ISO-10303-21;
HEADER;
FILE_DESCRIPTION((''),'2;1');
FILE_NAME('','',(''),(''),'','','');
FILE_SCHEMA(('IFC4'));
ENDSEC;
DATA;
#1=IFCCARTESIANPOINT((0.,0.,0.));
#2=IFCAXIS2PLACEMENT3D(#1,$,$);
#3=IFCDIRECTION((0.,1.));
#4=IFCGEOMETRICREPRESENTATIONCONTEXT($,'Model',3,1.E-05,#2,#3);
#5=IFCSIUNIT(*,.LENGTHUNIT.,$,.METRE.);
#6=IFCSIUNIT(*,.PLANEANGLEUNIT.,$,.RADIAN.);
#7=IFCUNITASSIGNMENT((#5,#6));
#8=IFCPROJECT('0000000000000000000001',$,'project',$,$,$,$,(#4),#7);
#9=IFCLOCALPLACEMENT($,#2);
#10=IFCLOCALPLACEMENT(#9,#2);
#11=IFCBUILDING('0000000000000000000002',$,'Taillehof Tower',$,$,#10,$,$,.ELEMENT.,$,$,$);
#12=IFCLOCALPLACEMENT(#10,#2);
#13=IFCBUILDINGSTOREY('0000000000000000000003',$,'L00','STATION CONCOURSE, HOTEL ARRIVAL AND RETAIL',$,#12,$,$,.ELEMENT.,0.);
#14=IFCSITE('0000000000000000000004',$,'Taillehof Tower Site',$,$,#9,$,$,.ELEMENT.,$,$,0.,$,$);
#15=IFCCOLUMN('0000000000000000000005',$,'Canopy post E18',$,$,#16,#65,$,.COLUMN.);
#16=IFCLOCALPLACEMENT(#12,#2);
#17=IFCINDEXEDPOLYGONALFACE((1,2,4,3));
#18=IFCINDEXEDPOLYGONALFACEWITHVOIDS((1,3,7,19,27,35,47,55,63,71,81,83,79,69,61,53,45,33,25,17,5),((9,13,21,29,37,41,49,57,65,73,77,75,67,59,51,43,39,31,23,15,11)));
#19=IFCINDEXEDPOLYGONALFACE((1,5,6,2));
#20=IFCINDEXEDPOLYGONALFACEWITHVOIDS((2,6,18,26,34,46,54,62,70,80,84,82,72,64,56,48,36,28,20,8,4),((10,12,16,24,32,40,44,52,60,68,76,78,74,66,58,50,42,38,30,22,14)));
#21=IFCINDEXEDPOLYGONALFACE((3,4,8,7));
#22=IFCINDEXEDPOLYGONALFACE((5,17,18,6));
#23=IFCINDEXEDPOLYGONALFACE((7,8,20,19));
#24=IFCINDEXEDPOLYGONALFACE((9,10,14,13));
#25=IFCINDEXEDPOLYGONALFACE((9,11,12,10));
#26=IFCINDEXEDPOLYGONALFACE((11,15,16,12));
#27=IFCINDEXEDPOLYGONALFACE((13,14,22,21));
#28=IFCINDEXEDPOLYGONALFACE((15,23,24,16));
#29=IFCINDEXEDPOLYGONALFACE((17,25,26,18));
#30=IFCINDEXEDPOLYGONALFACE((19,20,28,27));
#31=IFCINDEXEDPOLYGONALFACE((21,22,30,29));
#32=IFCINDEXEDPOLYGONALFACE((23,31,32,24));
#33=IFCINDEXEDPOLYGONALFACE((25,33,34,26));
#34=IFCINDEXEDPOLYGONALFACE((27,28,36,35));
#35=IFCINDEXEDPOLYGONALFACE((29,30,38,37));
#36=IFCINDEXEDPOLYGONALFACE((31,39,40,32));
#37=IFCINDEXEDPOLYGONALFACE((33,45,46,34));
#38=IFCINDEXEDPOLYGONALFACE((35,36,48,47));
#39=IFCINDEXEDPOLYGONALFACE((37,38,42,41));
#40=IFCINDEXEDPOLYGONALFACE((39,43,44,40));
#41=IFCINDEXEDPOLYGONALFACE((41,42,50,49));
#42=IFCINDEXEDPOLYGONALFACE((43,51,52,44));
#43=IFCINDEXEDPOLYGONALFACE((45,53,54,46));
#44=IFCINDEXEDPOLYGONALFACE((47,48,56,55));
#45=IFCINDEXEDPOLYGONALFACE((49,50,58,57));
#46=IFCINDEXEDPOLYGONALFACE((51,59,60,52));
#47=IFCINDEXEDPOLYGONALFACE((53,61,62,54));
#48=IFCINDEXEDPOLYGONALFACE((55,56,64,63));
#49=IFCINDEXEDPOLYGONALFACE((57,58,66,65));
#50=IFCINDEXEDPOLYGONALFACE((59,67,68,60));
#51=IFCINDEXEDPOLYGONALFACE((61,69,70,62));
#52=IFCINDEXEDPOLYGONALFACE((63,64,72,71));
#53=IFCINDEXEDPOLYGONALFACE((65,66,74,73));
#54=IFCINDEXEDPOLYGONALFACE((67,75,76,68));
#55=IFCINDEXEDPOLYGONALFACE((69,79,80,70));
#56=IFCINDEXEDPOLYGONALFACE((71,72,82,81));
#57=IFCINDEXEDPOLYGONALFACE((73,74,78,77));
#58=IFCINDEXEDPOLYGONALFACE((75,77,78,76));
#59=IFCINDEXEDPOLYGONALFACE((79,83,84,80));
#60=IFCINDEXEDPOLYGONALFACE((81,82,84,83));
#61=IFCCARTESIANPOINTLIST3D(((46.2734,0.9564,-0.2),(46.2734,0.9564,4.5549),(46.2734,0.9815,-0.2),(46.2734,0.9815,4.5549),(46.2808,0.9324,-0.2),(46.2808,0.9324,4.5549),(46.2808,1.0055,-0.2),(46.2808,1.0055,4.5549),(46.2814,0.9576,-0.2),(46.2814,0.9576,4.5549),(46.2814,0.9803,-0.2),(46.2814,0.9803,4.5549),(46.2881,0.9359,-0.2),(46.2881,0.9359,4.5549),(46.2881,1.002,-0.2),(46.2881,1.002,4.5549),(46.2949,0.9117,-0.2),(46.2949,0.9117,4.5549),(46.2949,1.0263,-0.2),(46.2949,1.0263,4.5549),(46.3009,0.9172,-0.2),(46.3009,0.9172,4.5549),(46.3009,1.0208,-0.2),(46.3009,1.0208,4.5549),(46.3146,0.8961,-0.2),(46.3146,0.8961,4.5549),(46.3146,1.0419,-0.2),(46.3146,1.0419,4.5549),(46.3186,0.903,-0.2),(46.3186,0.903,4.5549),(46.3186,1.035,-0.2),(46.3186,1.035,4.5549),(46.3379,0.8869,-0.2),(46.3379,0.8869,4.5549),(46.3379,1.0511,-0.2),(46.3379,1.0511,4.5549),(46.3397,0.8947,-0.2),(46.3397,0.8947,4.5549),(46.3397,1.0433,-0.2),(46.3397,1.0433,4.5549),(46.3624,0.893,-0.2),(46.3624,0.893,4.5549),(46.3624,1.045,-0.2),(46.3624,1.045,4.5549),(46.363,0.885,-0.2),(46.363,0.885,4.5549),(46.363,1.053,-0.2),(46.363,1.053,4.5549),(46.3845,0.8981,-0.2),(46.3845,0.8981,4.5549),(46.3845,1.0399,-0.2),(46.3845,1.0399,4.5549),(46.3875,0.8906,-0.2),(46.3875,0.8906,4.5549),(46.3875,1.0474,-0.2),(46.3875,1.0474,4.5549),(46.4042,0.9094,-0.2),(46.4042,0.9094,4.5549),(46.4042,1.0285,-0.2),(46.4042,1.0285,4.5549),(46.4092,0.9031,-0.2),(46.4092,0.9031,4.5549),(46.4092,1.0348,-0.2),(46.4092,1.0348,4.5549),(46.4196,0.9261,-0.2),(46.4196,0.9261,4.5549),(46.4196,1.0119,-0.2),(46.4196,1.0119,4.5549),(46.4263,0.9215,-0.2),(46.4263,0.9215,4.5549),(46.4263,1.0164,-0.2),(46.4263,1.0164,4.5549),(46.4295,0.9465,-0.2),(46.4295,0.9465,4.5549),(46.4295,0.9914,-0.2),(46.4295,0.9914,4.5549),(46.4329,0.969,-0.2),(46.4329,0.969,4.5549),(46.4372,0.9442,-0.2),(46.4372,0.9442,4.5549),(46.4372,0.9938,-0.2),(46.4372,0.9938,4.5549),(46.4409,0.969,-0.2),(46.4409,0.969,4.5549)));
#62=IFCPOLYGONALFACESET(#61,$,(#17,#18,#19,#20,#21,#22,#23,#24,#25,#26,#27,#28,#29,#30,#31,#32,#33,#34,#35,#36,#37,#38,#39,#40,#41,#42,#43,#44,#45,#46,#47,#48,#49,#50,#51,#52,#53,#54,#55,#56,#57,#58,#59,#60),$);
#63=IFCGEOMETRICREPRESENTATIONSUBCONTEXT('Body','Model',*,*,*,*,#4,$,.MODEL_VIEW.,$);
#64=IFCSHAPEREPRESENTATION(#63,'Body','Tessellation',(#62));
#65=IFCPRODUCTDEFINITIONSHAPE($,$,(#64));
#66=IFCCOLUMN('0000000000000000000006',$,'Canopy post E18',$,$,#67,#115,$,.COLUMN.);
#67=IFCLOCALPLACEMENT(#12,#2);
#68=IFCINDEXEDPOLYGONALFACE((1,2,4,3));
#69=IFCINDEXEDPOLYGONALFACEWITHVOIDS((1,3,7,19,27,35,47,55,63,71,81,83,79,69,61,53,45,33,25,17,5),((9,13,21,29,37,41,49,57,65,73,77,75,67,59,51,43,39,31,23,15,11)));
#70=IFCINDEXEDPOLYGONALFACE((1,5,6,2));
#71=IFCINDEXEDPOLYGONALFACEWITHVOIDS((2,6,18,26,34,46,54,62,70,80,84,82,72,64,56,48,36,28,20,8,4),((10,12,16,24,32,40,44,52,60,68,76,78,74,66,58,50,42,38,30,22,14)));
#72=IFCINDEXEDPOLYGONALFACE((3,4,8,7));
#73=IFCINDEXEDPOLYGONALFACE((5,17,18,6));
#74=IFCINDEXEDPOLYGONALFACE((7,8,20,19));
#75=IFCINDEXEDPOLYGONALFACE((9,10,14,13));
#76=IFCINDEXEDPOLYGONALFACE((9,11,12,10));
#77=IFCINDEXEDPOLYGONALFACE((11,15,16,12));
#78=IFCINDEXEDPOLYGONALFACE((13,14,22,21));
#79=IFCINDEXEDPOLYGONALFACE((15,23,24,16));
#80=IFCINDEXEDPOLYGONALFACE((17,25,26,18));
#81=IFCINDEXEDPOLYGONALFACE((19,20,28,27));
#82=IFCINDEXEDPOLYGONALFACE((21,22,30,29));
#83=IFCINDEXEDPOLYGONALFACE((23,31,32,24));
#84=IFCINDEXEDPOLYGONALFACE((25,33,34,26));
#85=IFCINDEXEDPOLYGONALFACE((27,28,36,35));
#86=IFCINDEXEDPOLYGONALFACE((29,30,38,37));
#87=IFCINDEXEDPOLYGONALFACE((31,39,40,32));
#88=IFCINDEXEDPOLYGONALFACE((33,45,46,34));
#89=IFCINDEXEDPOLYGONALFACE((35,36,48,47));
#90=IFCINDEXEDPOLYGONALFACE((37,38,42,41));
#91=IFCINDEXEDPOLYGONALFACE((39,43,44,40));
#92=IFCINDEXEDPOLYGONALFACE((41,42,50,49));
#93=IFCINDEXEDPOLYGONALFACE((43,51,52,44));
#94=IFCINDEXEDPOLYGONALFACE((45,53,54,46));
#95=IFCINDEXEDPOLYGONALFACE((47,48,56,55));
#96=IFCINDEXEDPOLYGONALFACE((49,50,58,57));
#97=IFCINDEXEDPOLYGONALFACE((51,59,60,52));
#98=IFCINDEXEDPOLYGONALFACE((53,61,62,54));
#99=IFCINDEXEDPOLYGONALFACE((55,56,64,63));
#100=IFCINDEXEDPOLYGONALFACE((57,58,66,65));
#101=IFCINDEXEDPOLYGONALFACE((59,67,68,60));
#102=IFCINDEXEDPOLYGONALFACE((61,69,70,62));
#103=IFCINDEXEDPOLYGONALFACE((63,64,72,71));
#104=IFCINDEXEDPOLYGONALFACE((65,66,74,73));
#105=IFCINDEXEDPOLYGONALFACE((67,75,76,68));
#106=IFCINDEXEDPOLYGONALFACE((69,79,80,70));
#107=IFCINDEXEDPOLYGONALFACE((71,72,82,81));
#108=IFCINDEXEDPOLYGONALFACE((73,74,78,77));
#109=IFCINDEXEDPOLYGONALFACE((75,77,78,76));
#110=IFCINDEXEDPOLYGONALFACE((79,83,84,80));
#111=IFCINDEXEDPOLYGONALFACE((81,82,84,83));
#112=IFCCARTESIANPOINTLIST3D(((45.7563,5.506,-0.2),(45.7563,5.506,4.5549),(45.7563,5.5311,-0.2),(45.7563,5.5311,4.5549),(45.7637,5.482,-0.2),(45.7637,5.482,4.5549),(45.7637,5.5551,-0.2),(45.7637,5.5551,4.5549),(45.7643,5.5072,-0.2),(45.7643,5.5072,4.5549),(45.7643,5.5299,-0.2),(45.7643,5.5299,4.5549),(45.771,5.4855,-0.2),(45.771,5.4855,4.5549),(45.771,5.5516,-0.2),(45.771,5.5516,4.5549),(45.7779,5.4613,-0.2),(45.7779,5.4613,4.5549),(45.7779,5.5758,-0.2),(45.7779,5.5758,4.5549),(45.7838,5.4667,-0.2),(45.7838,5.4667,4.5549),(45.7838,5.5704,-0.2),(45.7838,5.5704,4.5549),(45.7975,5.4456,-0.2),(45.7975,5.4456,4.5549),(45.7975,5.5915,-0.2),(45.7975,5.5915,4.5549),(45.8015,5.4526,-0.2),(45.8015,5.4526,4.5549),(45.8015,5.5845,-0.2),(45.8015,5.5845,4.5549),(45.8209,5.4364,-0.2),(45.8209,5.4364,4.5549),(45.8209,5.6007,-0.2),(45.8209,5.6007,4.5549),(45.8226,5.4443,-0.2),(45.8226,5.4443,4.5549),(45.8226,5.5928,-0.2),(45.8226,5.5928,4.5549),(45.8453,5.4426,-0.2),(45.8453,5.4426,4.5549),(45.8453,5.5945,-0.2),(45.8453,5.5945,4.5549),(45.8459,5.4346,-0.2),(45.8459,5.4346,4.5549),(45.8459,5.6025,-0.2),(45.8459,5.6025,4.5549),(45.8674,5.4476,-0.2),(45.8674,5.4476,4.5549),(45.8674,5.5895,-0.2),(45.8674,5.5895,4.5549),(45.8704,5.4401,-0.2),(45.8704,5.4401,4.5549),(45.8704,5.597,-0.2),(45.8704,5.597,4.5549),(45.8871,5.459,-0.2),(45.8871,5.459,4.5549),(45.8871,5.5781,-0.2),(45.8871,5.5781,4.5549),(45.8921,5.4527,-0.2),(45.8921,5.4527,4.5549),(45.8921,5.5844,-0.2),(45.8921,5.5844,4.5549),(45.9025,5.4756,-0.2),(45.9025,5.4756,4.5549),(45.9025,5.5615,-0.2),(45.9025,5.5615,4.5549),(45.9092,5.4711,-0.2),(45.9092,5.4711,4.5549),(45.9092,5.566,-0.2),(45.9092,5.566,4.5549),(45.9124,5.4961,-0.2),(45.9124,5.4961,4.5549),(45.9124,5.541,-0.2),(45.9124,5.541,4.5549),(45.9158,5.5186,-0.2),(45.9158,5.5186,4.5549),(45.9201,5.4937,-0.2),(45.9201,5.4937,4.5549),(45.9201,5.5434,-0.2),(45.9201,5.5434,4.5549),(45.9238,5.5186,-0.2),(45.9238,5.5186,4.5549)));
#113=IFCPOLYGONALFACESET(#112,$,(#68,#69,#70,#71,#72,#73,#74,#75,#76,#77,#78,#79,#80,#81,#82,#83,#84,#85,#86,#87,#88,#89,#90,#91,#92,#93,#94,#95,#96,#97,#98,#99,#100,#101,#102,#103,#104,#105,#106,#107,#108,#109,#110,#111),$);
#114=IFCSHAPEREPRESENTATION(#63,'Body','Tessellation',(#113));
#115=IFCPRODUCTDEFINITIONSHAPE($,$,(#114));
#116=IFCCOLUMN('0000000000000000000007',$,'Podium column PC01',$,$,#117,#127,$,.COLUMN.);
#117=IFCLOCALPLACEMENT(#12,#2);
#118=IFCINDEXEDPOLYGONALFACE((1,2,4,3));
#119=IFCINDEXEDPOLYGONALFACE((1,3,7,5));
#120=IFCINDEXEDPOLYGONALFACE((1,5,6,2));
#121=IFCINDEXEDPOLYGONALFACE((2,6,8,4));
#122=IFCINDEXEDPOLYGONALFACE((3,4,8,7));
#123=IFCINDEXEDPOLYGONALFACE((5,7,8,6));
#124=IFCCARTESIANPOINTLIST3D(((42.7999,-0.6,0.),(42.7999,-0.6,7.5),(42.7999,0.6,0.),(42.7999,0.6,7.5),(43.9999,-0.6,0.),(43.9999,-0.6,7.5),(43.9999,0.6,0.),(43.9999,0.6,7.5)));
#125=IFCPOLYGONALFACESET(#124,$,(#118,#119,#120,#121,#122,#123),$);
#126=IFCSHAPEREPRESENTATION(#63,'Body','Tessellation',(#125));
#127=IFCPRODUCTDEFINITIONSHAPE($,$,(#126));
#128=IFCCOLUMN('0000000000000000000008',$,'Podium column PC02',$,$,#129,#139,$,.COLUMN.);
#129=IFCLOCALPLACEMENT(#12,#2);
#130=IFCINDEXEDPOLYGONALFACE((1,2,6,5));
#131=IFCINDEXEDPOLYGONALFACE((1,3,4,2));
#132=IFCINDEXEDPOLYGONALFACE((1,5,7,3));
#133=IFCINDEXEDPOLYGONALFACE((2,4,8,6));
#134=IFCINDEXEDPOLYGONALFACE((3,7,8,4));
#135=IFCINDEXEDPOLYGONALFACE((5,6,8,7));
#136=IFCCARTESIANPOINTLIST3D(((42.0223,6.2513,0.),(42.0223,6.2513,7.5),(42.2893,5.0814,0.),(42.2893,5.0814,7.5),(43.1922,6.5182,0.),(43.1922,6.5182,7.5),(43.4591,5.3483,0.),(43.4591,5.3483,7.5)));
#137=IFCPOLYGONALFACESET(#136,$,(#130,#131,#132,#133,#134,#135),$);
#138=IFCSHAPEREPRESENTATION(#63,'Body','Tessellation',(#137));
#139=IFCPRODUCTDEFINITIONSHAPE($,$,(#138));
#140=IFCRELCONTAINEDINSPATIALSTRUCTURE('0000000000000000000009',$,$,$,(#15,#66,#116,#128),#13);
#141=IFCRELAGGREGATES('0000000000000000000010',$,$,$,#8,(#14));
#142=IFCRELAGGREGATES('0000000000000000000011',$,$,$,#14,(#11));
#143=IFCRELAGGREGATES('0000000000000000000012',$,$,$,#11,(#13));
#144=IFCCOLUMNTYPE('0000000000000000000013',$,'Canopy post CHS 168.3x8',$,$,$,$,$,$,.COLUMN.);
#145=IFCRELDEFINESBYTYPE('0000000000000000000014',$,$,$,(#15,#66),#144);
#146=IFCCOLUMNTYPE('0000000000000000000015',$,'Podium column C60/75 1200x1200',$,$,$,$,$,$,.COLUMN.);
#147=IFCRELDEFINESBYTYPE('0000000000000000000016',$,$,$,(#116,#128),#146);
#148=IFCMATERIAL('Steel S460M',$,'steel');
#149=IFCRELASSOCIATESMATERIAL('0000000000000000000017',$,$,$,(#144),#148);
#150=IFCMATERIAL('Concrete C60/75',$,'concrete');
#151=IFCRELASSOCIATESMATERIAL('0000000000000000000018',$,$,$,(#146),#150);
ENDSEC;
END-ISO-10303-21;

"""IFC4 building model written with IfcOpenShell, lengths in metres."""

from ifc_helpers import new_model, si_unit, direction, frame, origin, origin_2d, place, context, subcontext, project, spatial, rectangle, hollow_circle, extrude, material, material_profile, profile_set, type_object, element, save


model = new_model("IFC4")

# Units and contexts
model_context = context("Model", 3, precision=1e-05, world=origin(), true_north=direction((0.0, 1.0)))
body_context = subcontext(model_context, "Body", "Model", "MODEL_VIEW")
ifc_project = project(units=[si_unit("LENGTHUNIT", "METRE"), si_unit("PLANEANGLEUNIT", "RADIAN")], contexts=[model_context])

# Site, building, storey
site_placement = place(None, origin())
site = spatial("IfcSite", under=ifc_project, at=site_placement, Name="Taillehof Tower Site", CompositionType="ELEMENT", RefElevation=0.0)
building_placement = place(site_placement, origin())
building = spatial("IfcBuilding", under=site, at=building_placement, Name="Taillehof Tower", CompositionType="ELEMENT")
storey_placement = place(building_placement, origin())
storey = spatial("IfcBuildingStorey", under=building, at=storey_placement, Name="L00", Description="STATION CONCOURSE, HOTEL ARRIVAL AND RETAIL", CompositionType="ELEMENT", Elevation=0.0)

# Columns
ifc_material_1 = material(Name="Steel S460M", Category="steel")
ifc_material_profile_1 = material_profile(ifc_material_1, hollow_circle(Radius=0.0842, WallThickness=0.0081, at=origin_2d()), Name="CHS 168.3x8")
ifc_profile_set_1 = profile_set([ifc_material_profile_1], Name="Steel S460M")
column_type_1 = type_object("IfcColumnType", Name="Canopy post CHS 168.3x8", PredefinedType="COLUMN", material=ifc_profile_set_1)
for number, where, z_axis, x_axis, name in (
    (1, (46.3567, 0.969, -0.2), (0.0, 0.0, 1.0), (1.0, 0.0, 0.0), "Canopy post E18"),
    (2, (45.8396, 5.5186, -0.2), (0.0, 0.0, 1.0), (1.0, 0.0, 0.0), "Canopy post E18"),
):
    element("IfcColumn", number, at=place(storey_placement, frame(where, z_axis=z_axis, x_axis=x_axis)), inside=storey, type_object=column_type_1, Name=name, PredefinedType="COLUMN", context=body_context, shape_type="SweptSolid", body=[
        extrude(hollow_circle(Radius=0.0842, WallThickness=0.0081, at=origin_2d()), origin(), (0.0, 0.0, 1.0), 4.7549),
    ])
ifc_material_2 = material(Name="Concrete C60/75", Category="concrete")
ifc_material_profile_2 = material_profile(ifc_material_2, rectangle(XDim=1.2, YDim=1.2, at=origin_2d()), Name="RC 1200x1200")
ifc_profile_set_2 = profile_set([ifc_material_profile_2], Name="Concrete C60/75")
column_type_2 = type_object("IfcColumnType", Name="Podium column C60/75 1200x1200", PredefinedType="COLUMN", material=ifc_profile_set_2)
for number, where, z_axis, x_axis, name in (
    (3, (43.3999, 0.0, 0.0), (0.0, 0.0, 1.0), (1.0, 0.0, 0.0), "Podium column PC01"),
    (4, (42.7407, 5.7998, 0.0), (0.0, 0.0, 1.0), (0.97494, 0.222469, 0.0), "Podium column PC02"),
):
    element("IfcColumn", number, at=place(storey_placement, frame(where, z_axis=z_axis, x_axis=x_axis)), inside=storey, type_object=column_type_2, Name=name, PredefinedType="COLUMN", context=body_context, shape_type="SweptSolid", body=[
        extrude(rectangle(XDim=1.2, YDim=1.2, at=origin_2d()), origin(), (0.0, 0.0, 1.0), 7.5),
    ])

save(model, "model.ifc")
